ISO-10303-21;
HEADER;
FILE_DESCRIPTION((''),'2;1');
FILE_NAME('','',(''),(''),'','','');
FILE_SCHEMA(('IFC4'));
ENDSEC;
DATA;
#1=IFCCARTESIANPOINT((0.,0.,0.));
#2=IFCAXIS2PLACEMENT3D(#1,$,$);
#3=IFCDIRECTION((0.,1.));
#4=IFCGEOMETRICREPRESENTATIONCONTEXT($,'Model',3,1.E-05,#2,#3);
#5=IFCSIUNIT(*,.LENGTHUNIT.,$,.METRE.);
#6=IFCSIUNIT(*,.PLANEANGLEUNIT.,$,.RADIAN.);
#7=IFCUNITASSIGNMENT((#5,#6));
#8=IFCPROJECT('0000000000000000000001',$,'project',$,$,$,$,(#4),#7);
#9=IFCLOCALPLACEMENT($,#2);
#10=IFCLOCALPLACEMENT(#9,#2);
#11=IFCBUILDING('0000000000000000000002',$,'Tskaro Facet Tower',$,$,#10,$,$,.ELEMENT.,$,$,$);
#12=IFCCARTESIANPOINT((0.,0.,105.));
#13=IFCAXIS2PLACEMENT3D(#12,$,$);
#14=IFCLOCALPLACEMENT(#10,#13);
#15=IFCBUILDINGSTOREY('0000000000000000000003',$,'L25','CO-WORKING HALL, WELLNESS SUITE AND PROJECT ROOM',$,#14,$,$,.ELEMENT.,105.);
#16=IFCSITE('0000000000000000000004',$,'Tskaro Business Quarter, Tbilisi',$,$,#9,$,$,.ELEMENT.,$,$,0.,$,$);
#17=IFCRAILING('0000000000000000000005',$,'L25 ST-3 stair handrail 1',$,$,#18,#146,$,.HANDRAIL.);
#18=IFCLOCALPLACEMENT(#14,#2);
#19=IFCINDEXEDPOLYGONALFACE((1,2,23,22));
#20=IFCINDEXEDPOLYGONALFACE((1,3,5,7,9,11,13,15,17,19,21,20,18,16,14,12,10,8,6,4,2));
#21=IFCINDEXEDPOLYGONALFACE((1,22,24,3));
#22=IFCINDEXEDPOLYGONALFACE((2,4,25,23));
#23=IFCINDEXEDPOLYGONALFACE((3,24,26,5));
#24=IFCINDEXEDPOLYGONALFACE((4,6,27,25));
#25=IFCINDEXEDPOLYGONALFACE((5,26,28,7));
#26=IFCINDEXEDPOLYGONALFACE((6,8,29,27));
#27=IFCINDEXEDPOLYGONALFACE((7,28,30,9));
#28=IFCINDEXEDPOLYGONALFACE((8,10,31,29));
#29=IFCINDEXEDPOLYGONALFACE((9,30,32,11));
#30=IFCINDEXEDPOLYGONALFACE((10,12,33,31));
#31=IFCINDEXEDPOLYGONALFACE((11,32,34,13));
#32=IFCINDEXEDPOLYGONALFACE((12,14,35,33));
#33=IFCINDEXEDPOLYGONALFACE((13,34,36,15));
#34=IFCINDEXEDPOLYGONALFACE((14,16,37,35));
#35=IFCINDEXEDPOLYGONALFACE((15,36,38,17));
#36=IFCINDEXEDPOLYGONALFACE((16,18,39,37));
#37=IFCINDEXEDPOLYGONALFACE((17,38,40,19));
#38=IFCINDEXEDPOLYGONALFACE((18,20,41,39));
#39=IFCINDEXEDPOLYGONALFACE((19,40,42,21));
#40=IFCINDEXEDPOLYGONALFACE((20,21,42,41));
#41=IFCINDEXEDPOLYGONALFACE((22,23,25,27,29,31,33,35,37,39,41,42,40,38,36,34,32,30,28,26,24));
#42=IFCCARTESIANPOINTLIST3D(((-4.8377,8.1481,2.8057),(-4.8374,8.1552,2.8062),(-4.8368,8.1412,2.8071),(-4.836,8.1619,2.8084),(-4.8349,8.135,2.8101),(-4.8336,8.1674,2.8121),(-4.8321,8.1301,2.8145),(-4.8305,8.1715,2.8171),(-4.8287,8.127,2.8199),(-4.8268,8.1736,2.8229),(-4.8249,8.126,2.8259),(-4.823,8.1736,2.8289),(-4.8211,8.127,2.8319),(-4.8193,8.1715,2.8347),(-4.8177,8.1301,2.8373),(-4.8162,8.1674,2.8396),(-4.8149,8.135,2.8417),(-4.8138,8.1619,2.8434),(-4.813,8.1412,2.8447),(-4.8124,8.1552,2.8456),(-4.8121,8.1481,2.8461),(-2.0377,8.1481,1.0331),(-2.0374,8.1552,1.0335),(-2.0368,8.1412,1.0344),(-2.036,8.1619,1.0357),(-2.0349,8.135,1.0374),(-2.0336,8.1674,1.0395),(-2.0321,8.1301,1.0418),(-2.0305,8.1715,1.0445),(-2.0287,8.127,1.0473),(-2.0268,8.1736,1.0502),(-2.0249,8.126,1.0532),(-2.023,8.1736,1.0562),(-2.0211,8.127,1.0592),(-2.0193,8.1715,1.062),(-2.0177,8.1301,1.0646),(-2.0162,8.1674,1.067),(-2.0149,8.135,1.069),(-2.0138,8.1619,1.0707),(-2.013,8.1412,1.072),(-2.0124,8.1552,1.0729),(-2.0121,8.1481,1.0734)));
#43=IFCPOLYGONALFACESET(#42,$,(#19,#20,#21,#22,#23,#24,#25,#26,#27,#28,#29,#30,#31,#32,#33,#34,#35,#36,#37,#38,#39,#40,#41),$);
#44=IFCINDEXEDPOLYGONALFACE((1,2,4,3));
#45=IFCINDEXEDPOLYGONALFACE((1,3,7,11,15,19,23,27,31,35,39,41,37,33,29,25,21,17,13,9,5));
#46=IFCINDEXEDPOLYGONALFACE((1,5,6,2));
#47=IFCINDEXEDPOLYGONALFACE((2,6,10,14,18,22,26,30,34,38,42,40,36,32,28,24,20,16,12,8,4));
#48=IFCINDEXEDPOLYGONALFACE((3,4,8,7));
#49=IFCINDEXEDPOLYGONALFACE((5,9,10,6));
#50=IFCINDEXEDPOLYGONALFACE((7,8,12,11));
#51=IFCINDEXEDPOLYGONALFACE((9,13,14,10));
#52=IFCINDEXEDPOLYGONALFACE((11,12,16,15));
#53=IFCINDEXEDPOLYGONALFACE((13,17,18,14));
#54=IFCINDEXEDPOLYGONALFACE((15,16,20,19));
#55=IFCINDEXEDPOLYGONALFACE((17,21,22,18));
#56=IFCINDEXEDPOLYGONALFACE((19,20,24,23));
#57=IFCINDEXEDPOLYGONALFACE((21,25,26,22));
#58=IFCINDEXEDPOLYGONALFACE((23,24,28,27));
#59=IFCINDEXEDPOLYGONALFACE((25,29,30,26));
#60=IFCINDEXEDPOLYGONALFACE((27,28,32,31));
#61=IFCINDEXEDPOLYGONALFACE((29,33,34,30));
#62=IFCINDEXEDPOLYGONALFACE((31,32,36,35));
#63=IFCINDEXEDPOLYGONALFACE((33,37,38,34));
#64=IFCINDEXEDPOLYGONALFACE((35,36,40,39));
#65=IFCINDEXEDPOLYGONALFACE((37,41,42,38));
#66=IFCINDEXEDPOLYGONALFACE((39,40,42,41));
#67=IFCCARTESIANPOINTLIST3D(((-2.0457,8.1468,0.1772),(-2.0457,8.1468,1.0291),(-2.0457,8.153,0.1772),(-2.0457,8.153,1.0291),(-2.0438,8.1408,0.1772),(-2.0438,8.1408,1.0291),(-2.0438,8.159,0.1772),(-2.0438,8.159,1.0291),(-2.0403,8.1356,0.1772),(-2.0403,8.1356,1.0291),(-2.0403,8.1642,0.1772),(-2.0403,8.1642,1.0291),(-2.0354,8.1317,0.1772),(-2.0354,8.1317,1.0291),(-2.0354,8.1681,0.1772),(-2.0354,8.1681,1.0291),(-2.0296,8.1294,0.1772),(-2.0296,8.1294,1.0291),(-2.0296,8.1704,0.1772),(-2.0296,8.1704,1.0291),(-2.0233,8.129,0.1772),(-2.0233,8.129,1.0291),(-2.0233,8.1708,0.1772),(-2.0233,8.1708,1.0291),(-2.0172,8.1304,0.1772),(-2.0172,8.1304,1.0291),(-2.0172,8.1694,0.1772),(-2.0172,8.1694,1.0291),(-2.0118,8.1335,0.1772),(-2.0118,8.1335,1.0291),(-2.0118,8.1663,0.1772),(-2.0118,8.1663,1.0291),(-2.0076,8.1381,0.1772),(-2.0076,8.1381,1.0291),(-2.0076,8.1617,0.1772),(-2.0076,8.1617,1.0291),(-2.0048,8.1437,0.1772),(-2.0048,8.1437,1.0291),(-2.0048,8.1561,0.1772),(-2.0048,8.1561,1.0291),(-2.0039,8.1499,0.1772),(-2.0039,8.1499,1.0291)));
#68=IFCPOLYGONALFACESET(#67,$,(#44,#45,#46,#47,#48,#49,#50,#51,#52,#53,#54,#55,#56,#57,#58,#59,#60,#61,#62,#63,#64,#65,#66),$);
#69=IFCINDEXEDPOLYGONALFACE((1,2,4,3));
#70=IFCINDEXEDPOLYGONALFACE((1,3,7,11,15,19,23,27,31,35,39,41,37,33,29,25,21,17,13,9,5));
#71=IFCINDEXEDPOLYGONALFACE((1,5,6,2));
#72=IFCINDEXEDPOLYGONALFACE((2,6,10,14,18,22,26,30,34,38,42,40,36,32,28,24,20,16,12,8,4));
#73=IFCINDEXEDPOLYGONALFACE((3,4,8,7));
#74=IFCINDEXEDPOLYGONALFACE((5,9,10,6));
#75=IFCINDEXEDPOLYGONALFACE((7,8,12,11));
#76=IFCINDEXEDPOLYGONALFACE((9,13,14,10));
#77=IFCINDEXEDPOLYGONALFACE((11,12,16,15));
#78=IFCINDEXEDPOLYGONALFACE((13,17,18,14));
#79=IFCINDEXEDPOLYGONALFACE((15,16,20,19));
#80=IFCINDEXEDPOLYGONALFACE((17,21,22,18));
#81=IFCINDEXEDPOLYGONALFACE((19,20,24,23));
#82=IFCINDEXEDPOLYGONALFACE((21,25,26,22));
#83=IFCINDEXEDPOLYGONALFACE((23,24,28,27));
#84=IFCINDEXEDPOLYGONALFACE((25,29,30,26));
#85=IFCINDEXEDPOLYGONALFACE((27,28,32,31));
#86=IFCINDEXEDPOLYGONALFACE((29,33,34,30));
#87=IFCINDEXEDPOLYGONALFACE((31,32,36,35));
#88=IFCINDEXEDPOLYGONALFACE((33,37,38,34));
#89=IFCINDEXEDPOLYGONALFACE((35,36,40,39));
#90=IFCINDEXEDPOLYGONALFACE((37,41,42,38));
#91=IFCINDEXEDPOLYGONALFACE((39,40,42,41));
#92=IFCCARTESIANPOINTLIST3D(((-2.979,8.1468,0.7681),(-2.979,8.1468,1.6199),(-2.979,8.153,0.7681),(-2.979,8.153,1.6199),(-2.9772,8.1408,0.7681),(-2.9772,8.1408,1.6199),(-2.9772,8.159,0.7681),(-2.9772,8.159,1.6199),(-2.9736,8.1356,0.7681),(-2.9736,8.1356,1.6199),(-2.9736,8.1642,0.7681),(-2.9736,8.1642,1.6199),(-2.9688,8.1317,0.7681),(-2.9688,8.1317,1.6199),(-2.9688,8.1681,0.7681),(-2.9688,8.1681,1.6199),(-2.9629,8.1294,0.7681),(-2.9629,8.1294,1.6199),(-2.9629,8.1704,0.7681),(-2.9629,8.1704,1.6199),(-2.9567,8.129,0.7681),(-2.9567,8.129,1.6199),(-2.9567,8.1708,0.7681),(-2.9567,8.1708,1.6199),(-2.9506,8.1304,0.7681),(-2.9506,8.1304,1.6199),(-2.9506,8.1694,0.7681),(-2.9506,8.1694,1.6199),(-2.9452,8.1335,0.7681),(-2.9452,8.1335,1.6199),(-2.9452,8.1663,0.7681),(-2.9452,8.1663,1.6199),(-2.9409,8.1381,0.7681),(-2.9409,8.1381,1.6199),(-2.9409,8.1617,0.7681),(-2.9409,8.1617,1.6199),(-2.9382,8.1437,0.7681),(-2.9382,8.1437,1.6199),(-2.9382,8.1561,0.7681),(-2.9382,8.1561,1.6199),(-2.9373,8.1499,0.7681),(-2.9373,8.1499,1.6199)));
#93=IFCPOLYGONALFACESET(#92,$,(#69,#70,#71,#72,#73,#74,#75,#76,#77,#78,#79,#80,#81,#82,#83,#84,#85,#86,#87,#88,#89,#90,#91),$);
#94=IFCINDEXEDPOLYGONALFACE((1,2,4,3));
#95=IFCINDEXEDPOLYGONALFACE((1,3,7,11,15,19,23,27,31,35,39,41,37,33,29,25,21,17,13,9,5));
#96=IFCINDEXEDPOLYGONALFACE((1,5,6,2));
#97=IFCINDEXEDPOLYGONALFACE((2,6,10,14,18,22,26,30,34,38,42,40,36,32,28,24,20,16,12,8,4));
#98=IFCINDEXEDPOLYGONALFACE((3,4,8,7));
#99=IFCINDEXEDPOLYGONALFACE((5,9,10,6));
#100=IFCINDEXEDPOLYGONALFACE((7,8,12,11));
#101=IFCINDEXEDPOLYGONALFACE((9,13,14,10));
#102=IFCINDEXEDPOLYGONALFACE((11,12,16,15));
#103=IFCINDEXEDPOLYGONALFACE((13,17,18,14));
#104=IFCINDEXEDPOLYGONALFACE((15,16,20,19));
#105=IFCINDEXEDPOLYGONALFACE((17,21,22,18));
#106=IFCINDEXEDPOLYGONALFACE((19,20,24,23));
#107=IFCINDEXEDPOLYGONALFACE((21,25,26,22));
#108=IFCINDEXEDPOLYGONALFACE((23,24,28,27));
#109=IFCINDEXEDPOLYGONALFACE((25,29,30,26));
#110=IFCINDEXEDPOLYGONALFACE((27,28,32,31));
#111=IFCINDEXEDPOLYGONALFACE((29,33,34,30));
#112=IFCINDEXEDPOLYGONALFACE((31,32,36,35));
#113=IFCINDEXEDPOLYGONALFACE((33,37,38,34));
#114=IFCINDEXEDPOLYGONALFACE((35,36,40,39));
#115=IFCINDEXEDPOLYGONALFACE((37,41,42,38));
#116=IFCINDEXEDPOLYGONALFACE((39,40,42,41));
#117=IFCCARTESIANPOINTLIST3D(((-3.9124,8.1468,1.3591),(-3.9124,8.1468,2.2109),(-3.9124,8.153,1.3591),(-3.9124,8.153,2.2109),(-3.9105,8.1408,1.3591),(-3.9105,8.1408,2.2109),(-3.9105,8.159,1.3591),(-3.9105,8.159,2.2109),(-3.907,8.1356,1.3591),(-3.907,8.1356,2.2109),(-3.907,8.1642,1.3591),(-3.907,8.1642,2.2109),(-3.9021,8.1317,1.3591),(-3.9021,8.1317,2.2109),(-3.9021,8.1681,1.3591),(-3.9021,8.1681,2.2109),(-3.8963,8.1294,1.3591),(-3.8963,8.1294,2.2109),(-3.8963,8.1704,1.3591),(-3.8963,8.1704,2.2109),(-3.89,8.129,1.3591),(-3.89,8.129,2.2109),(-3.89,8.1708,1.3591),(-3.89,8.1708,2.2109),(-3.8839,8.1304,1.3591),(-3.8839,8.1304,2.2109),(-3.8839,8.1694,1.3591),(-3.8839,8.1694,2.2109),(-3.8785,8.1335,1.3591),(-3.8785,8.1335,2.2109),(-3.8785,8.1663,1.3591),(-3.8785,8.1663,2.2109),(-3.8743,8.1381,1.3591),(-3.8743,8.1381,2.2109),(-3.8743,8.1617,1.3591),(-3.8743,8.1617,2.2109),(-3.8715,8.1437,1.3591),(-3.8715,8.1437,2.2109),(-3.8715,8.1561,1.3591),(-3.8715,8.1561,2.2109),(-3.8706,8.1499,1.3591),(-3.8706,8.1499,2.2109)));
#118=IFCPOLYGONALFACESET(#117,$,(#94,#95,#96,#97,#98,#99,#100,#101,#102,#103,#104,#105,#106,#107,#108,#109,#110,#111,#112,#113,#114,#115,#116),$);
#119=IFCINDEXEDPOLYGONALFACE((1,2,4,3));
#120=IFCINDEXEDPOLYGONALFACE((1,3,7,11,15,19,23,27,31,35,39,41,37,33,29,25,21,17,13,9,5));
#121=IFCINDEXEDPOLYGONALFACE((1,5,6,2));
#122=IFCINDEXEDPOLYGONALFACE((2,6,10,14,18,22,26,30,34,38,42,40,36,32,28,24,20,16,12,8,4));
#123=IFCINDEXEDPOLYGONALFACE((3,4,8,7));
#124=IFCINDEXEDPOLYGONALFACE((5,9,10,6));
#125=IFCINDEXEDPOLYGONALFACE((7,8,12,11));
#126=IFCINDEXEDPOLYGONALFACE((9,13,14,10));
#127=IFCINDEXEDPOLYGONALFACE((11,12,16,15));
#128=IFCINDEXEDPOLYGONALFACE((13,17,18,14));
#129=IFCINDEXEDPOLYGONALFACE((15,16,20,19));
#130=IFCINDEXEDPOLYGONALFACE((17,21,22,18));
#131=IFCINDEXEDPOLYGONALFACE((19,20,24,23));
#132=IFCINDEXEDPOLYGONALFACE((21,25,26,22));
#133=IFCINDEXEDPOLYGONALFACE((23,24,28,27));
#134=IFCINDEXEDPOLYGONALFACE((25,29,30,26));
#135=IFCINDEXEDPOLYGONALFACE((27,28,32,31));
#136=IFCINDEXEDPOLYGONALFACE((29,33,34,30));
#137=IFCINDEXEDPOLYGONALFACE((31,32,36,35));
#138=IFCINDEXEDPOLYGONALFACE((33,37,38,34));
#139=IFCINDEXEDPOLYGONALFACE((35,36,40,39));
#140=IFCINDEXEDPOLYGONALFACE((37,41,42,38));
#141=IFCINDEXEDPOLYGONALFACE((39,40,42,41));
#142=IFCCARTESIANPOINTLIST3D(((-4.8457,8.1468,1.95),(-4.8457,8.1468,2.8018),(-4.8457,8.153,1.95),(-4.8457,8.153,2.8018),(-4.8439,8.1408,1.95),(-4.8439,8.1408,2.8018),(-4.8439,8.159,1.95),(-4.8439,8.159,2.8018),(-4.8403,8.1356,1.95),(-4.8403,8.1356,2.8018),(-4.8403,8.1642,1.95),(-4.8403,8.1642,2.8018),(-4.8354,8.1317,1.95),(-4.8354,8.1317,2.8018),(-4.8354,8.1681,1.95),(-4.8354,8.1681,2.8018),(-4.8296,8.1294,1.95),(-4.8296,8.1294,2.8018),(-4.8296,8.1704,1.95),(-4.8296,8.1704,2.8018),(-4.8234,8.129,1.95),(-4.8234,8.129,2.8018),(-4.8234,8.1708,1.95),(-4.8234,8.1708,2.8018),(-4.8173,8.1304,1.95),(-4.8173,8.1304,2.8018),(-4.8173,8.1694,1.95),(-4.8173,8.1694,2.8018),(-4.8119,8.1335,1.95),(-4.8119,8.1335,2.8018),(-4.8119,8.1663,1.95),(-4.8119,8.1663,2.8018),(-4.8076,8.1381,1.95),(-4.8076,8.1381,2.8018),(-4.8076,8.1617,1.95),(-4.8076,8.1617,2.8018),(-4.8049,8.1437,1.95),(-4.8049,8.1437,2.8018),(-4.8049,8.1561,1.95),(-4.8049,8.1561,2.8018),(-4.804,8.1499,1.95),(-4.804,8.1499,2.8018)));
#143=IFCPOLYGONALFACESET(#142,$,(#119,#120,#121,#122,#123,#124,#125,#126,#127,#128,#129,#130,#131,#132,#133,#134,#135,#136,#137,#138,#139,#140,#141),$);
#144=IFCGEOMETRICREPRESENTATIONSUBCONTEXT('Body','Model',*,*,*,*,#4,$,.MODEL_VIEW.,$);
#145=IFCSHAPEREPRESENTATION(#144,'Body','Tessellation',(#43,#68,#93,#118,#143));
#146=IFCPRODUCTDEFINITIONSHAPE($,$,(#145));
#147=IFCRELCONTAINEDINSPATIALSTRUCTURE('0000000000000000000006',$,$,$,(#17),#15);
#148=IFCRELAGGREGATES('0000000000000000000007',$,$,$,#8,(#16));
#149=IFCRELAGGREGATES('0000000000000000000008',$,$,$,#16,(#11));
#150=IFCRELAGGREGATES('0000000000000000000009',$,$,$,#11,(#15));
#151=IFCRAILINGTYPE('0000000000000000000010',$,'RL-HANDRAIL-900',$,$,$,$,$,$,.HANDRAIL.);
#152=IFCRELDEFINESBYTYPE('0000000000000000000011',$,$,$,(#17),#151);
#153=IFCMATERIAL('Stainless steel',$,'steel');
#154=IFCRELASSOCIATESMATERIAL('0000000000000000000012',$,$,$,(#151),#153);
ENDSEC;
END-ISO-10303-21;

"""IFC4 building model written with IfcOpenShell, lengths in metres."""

from ifc_helpers import new_model, si_unit, direction, frame, origin, origin_2d, place, context, subcontext, project, spatial, circle, extrude, material, type_object, element, save


model = new_model("IFC4")

# Units and contexts
model_context = context("Model", 3, precision=1e-05, world=origin(), true_north=direction((0.0, 1.0)))
body_context = subcontext(model_context, "Body", "Model", "MODEL_VIEW")
ifc_project = project(units=[si_unit("LENGTHUNIT", "METRE"), si_unit("PLANEANGLEUNIT", "RADIAN")], contexts=[model_context])

# Site, building, storey
site_placement = place(None, origin())
site = spatial("IfcSite", under=ifc_project, at=site_placement, Name="Tskaro Business Quarter, Tbilisi", CompositionType="ELEMENT", RefElevation=0.0)
building_placement = place(site_placement, origin())
building = spatial("IfcBuilding", under=site, at=building_placement, Name="Tskaro Facet Tower", CompositionType="ELEMENT")
storey_placement = place(building_placement, frame((0.0, 0.0, 105.0)))
storey = spatial("IfcBuildingStorey", under=building, at=storey_placement, Name="L25", Description="CO-WORKING HALL, WELLNESS SUITE AND PROJECT ROOM", CompositionType="ELEMENT", Elevation=105.0)

# Railing
ifc_material_1 = material(Name="Stainless steel", Category="steel")
railing_type_1 = type_object("IfcRailingType", Name="RL-HANDRAIL-900", PredefinedType="HANDRAIL", material=ifc_material_1)
railing_1_placement = place(storey_placement, frame((-2.0249, 8.1499, 0.1772)))
element("IfcRailing", 1, at=railing_1_placement, inside=storey, type_object=railing_type_1, Name="L25 ST-3 stair handrail 1", PredefinedType="HANDRAIL", context=body_context, shape_type="SweptSolid", body=[
    extrude(circle(Radius=0.0239, at=origin_2d()), frame((0.0, 0.0, 0.876), z_axis=(-0.844909, 0.0, 0.53491), x_axis=(0.0, -1.0, 0.0)), (0.0, 0.0, 1.0), 3.314),
    extrude(circle(Radius=0.021, at=origin_2d()), origin(), (0.0, 0.0, 1.0), 0.8518),
    extrude(circle(Radius=0.021, at=origin_2d()), frame((-0.9333, 0.0, 0.5908)), (0.0, 0.0, 1.0), 0.8518),
    extrude(circle(Radius=0.021, at=origin_2d()), frame((-1.8667, 0.0, 1.1819)), (0.0, 0.0, 1.0), 0.8518),
    extrude(circle(Radius=0.021, at=origin_2d()), frame((-2.8, 0.0, 1.7727)), (0.0, 0.0, 1.0), 0.8518),
])

save(model, "model.ifc")
